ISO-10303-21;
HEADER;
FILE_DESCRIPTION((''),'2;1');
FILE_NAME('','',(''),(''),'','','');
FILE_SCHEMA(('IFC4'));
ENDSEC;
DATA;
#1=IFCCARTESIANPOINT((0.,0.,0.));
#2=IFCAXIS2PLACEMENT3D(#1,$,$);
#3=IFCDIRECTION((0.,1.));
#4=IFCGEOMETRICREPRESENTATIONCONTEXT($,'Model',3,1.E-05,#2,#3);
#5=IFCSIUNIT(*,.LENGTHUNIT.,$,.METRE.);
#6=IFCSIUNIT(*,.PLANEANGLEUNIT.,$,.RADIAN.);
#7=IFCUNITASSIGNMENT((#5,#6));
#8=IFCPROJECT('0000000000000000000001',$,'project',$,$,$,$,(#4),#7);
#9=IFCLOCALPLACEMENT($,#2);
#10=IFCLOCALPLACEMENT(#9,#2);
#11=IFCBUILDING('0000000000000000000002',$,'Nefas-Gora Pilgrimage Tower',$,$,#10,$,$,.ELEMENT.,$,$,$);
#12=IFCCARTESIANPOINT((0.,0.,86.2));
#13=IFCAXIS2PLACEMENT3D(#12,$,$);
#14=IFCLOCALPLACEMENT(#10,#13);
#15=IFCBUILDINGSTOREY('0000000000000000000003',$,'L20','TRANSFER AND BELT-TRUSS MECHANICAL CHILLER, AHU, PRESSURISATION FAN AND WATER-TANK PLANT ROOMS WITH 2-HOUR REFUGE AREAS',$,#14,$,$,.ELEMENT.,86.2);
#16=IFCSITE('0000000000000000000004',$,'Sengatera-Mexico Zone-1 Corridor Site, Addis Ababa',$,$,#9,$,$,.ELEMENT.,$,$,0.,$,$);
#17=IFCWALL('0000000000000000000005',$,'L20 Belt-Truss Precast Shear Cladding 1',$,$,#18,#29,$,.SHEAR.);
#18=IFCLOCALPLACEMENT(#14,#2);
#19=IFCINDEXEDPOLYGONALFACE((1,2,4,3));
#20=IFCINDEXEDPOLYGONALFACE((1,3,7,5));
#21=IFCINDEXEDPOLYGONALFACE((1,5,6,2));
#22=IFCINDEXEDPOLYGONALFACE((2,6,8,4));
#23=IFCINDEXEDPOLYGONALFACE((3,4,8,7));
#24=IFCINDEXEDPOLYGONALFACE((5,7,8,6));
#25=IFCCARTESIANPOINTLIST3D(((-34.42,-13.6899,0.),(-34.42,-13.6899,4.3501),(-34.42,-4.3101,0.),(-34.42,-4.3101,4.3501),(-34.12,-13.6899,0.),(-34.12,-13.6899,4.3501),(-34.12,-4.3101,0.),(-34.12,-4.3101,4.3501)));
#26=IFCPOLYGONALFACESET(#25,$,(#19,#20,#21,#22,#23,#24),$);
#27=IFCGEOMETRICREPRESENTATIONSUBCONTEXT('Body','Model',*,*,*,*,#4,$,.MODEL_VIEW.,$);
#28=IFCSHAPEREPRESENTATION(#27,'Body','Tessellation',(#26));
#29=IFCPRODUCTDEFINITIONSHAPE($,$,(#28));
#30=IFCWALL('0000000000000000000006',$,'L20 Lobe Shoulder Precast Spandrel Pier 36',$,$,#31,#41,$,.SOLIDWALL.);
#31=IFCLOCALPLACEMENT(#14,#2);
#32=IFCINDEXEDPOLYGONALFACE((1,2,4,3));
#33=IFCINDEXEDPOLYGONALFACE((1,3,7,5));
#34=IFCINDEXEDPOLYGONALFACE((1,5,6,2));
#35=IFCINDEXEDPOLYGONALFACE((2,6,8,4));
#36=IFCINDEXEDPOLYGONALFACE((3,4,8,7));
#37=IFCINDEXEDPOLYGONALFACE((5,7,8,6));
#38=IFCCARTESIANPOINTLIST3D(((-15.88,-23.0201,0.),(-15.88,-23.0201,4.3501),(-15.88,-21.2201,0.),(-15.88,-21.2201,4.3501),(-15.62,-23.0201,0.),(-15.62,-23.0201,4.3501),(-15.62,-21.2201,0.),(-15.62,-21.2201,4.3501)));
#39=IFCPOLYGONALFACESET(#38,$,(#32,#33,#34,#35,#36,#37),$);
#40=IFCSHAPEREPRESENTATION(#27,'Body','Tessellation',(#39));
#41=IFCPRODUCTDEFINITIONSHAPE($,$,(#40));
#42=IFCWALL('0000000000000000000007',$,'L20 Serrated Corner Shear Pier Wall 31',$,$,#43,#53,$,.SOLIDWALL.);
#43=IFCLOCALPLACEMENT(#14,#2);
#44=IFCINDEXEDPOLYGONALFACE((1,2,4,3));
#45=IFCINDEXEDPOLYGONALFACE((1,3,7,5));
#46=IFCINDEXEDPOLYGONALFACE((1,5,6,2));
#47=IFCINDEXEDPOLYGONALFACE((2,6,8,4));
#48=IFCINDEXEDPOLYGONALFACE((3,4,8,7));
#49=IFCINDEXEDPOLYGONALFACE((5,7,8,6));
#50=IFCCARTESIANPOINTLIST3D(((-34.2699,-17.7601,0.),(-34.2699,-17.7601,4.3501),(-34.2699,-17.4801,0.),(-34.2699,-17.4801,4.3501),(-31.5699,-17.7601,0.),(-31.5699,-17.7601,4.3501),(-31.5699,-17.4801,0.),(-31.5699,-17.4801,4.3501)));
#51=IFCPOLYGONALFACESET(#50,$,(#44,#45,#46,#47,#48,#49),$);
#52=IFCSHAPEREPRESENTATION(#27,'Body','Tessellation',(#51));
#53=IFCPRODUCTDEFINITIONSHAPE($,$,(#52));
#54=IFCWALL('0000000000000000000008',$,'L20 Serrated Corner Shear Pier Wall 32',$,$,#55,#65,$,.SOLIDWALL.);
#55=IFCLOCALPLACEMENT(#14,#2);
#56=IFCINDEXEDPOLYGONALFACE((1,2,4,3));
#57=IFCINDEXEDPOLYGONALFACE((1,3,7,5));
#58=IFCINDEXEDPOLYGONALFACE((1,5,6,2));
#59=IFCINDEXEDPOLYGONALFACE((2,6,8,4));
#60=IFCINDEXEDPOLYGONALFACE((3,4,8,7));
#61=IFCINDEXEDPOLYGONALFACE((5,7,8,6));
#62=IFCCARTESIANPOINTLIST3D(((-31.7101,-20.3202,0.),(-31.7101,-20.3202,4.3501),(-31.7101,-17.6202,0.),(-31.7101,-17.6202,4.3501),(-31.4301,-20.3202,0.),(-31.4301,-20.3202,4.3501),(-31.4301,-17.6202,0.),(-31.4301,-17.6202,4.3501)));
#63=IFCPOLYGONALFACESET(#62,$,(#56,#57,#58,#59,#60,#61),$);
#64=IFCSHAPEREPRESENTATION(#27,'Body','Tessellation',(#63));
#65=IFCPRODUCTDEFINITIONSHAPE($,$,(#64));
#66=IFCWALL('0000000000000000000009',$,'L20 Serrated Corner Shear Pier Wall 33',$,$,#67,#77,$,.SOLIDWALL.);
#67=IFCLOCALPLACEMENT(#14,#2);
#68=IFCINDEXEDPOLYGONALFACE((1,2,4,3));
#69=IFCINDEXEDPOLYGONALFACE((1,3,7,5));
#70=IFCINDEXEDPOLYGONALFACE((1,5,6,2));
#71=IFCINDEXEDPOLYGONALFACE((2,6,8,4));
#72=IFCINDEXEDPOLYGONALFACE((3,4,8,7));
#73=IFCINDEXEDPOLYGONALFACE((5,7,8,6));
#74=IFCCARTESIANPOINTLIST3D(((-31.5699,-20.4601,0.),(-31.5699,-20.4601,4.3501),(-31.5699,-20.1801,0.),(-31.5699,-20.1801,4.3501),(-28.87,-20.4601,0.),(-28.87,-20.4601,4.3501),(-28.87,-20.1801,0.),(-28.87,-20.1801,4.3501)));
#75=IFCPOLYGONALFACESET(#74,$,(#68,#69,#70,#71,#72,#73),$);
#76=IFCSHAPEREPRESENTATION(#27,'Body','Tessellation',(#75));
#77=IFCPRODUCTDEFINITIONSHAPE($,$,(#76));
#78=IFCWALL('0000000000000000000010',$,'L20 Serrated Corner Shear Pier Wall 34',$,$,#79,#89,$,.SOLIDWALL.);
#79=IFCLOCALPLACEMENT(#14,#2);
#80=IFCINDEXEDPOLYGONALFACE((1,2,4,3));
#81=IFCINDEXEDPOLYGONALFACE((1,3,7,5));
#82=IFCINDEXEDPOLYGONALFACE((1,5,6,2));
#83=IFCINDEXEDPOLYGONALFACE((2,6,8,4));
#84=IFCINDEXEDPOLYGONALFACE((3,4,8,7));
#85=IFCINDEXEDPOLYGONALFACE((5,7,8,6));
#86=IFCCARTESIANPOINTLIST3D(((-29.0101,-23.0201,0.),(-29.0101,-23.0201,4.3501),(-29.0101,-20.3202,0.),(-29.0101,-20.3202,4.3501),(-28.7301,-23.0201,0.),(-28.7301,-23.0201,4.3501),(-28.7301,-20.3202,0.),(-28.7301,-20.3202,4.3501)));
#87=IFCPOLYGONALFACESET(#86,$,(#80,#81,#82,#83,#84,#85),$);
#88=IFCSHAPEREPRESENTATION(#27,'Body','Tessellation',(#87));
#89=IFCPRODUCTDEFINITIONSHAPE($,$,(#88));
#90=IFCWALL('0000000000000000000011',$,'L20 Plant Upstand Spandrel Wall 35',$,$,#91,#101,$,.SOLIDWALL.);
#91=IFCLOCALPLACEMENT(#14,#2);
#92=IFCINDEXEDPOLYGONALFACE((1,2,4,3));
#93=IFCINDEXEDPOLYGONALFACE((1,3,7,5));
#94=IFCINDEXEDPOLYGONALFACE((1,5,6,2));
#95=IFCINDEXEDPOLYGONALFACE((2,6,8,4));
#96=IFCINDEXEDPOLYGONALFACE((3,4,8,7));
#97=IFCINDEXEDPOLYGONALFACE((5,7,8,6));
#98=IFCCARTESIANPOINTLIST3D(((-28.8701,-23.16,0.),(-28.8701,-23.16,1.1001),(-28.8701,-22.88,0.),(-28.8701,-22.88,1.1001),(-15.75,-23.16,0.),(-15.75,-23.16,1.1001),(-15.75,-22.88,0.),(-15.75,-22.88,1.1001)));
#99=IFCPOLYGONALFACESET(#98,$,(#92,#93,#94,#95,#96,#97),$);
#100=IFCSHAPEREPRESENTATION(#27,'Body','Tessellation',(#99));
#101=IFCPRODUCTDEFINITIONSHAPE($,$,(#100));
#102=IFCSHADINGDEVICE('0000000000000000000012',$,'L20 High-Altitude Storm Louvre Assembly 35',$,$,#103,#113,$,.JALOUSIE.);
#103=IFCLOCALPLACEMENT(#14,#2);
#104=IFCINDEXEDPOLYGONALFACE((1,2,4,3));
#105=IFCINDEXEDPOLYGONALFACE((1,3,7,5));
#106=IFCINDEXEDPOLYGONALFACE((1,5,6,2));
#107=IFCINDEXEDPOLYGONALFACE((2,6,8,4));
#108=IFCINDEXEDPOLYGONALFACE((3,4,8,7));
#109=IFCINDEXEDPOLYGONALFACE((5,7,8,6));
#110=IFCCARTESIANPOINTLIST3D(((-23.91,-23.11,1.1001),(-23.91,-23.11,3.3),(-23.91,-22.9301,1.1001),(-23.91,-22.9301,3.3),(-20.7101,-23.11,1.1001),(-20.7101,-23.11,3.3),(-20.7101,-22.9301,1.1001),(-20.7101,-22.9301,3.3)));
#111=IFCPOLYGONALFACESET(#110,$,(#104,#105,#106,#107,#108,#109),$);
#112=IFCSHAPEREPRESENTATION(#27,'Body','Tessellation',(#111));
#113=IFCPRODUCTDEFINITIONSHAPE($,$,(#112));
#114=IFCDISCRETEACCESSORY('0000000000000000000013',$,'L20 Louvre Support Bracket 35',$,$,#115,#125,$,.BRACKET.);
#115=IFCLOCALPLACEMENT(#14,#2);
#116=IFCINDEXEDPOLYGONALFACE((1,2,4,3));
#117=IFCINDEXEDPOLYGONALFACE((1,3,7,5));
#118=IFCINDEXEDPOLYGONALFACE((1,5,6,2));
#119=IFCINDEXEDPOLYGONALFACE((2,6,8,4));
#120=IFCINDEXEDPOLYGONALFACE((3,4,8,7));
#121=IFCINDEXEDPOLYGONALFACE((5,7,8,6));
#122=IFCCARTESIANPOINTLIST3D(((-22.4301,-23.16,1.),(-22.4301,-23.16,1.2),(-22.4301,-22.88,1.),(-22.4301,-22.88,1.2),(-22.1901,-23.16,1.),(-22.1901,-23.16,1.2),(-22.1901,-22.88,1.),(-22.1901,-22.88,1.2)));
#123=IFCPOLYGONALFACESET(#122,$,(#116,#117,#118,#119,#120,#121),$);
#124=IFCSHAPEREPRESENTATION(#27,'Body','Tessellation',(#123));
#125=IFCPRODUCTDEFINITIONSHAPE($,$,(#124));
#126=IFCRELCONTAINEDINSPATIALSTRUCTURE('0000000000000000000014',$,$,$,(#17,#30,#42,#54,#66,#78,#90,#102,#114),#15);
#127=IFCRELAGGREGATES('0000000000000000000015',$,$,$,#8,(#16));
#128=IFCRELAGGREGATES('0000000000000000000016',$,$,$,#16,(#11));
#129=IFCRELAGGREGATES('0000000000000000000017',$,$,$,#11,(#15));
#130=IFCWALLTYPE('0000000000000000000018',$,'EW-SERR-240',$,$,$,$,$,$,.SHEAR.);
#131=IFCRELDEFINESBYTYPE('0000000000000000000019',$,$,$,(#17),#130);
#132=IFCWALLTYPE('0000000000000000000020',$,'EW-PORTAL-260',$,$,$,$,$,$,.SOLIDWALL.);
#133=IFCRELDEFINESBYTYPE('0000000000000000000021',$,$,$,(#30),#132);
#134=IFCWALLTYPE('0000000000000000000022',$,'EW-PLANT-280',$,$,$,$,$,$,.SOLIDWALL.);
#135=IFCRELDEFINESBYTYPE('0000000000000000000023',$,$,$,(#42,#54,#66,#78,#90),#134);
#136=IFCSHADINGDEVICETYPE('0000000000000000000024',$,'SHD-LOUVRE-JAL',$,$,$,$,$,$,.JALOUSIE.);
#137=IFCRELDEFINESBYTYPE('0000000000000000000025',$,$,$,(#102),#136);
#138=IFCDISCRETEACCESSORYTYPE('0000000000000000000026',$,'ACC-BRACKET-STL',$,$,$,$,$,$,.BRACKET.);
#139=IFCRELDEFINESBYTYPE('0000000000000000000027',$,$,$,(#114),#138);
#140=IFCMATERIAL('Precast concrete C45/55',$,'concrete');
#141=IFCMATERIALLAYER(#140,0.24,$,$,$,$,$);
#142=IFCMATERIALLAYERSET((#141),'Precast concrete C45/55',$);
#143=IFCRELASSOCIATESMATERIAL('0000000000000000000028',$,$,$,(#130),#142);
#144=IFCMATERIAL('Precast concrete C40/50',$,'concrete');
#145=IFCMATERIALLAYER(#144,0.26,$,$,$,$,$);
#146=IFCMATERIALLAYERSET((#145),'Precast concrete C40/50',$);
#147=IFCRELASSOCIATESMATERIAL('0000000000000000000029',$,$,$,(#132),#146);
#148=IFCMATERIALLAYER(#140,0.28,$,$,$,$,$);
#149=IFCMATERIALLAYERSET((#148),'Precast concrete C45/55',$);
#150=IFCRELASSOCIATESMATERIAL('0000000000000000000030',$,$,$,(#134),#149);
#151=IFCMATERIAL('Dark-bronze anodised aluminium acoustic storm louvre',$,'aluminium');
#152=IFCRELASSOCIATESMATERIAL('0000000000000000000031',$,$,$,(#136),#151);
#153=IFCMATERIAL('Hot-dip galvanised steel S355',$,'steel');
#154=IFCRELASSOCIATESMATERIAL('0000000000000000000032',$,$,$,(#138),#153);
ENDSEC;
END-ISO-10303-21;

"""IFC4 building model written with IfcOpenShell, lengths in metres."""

from ifc_helpers import new_model, si_unit, direction, frame, frame_2d, origin, origin_2d, place, context, subcontext, project, spatial, rectangle, extrude, source, transform, mapped, material, layer, layer_set, type_object, element, save


model = new_model("IFC4")

# Units and contexts
model_context = context("Model", 3, precision=1e-05, world=origin(), true_north=direction((0.0, 1.0)))
body_context = subcontext(model_context, "Body", "Model", "MODEL_VIEW")
ifc_project = project(units=[si_unit("LENGTHUNIT", "METRE"), si_unit("PLANEANGLEUNIT", "RADIAN")], contexts=[model_context])

# Site, building, storey
site_placement = place(None, origin())
site = spatial("IfcSite", under=ifc_project, at=site_placement, Name="Sengatera-Mexico Zone-1 Corridor Site, Addis Ababa", CompositionType="ELEMENT", RefElevation=0.0)
building_placement = place(site_placement, origin())
building = spatial("IfcBuilding", under=site, at=building_placement, Name="Nefas-Gora Pilgrimage Tower", CompositionType="ELEMENT")
storey_placement = place(building_placement, frame((0.0, 0.0, 86.2)))
storey = spatial("IfcBuildingStorey", under=building, at=storey_placement, Name="L20", Description="TRANSFER AND BELT-TRUSS MECHANICAL CHILLER, AHU, PRESSURISATION FAN AND WATER-TANK PLANT ROOMS WITH 2-HOUR REFUGE AREAS", CompositionType="ELEMENT", Elevation=86.2)

# Walls
ifc_material_1 = material(Name="Precast concrete C45/55", Category="concrete")
ifc_layer_1 = layer(ifc_material_1, 0.24)
ifc_layer_set_1 = layer_set([ifc_layer_1], Name="Precast concrete C45/55")
wall_type_1 = type_object("IfcWallType", Name="EW-SERR-240", PredefinedType="SHEAR", material=ifc_layer_set_1)
shared_shape_1 = source(origin(), body_context, "Body", "SweptSolid", [
    extrude(rectangle(XDim=9.3799, YDim=0.3, at=frame_2d((4.6899, 0.0))), origin(), (0.0, 0.0, 1.0), 4.3501),
])
wall_1_placement = place(storey_placement, frame((-34.27, -13.6899, 0.0), z_axis=(0.0, 0.0, 1.0), x_axis=(0.0, 1.0, 0.0)))
element("IfcWall", 1, at=wall_1_placement, inside=storey, type_object=wall_type_1, Name="L20 Belt-Truss Precast Shear Cladding 1", PredefinedType="SHEAR", context=body_context, shape_type="MappedRepresentation", body=[
    mapped(shared_shape_1, transform((0.0, 0.0, 0.0), x_axis=(1.0, 0.0, 0.0), y_axis=(0.0, 1.0, 0.0), z_axis=(0.0, 0.0, 1.0), scale=1.0)),
])
ifc_material_2 = material(Name="Precast concrete C40/50", Category="concrete")
ifc_layer_2 = layer(ifc_material_2, 0.26)
ifc_layer_set_2 = layer_set([ifc_layer_2], Name="Precast concrete C40/50")
wall_type_2 = type_object("IfcWallType", Name="EW-PORTAL-260", PredefinedType="SOLIDWALL", material=ifc_layer_set_2)
shared_shape_2 = source(origin(), body_context, "Body", "SweptSolid", [
    extrude(rectangle(XDim=1.8, YDim=0.26, at=frame_2d((0.8999, 0.0))), origin(), (0.0, 0.0, 1.0), 4.3501),
])
wall_2_placement = place(storey_placement, frame((-15.75, -23.02, 0.0), z_axis=(0.0, 0.0, 1.0), x_axis=(0.0, 1.0, 0.0)))
element("IfcWall", 2, at=wall_2_placement, inside=storey, type_object=wall_type_2, Name="L20 Lobe Shoulder Precast Spandrel Pier 36", PredefinedType="SOLIDWALL", context=body_context, shape_type="MappedRepresentation", body=[
    mapped(shared_shape_2, transform((0.0, 0.0, 0.0), x_axis=(1.0, 0.0, 0.0), y_axis=(0.0, 1.0, 0.0), z_axis=(0.0, 0.0, 1.0), scale=1.0)),
])
ifc_layer_3 = layer(ifc_material_1, 0.28)
ifc_layer_set_3 = layer_set([ifc_layer_3], Name="Precast concrete C45/55")
wall_type_3 = type_object("IfcWallType", Name="EW-PLANT-280", PredefinedType="SOLIDWALL", material=ifc_layer_set_3)
shared_shape_3 = source(origin(), body_context, "Body", "SweptSolid", [
    extrude(rectangle(XDim=2.7, YDim=0.28, at=frame_2d((1.3501, 0.0))), origin(), (0.0, 0.0, 1.0), 4.3501),
])
for number, where, z_axis, x_axis, name in (
    (3, (-34.27, -17.6201, 0.0), (0.0, 0.0, 1.0), (1.0, 0.0, 0.0), "L20 Serrated Corner Shear Pier Wall 31"),
    (4, (-31.5701, -17.6201, 0.0), (0.0, 0.0, 1.0), (0.0, -1.0, 0.0), "L20 Serrated Corner Shear Pier Wall 32"),
    (5, (-31.5701, -20.3201, 0.0), (0.0, 0.0, 1.0), (1.0, 0.0, 0.0), "L20 Serrated Corner Shear Pier Wall 33"),
    (6, (-28.8701, -20.3201, 0.0), (0.0, 0.0, 1.0), (0.0, -1.0, 0.0), "L20 Serrated Corner Shear Pier Wall 34"),
):
    element("IfcWall", number, at=place(storey_placement, frame(where, z_axis=z_axis, x_axis=x_axis)), inside=storey, type_object=wall_type_3, Name=name, PredefinedType="SOLIDWALL", context=body_context, shape_type="MappedRepresentation", body=[
        mapped(shared_shape_3, transform((0.0, 0.0, 0.0), x_axis=(1.0, 0.0, 0.0), y_axis=(0.0, 1.0, 0.0), z_axis=(0.0, 0.0, 1.0), scale=1.0)),
    ])
shared_shape_4 = source(origin(), body_context, "Body", "SweptSolid", [
    extrude(rectangle(XDim=13.1201, YDim=0.28, at=frame_2d((6.5601, 0.0))), origin(), (0.0, 0.0, 1.0), 1.1001),
])
wall_3_placement = place(storey_placement, frame((-28.8701, -23.02, 0.0), z_axis=(0.0, 0.0, 1.0), x_axis=(1.0, 0.0, 0.0)))
element("IfcWall", 7, at=wall_3_placement, inside=storey, type_object=wall_type_3, Name="L20 Plant Upstand Spandrel Wall 35", PredefinedType="SOLIDWALL", context=body_context, shape_type="MappedRepresentation", body=[
    mapped(shared_shape_4, transform((0.0, 0.0, 0.0), x_axis=(1.0, 0.0, 0.0), y_axis=(0.0, 1.0, 0.0), z_axis=(0.0, 0.0, 1.0), scale=1.0)),
])

# Shading device
ifc_material_3 = material(Name="Dark-bronze anodised aluminium acoustic storm louvre", Category="aluminium")
shading_device_type = type_object("IfcShadingDeviceType", Name="SHD-LOUVRE-JAL", PredefinedType="JALOUSIE", material=ifc_material_3)
shared_shape_5 = source(origin(), body_context, "Body", "SweptSolid", [
    extrude(rectangle(XDim=3.2, YDim=0.1799, at=origin_2d()), origin(), (0.0, 0.0, 1.0), 2.2),
])
shading_device_placement = place(storey_placement, frame((-22.3101, -23.02, 1.1001), z_axis=(0.0, 0.0, 1.0), x_axis=(1.0, 0.0, 0.0)))
element("IfcShadingDevice", 8, at=shading_device_placement, inside=storey, type_object=shading_device_type, Name="L20 High-Altitude Storm Louvre Assembly 35", PredefinedType="JALOUSIE", context=body_context, shape_type="MappedRepresentation", body=[
    mapped(shared_shape_5, transform((0.0, 0.0, 0.0), x_axis=(1.0, 0.0, 0.0), y_axis=(0.0, 1.0, 0.0), z_axis=(0.0, 0.0, 1.0), scale=1.0)),
])

# Discrete accessory
ifc_material_4 = material(Name="Hot-dip galvanised steel S355", Category="steel")
discrete_accessory_type = type_object("IfcDiscreteAccessoryType", Name="ACC-BRACKET-STL", PredefinedType="BRACKET", material=ifc_material_4)
shared_shape_6 = source(origin(), body_context, "Body", "SweptSolid", [
    extrude(rectangle(XDim=0.24, YDim=0.28, at=origin_2d()), origin(), (0.0, 0.0, 1.0), 0.2),
])
discrete_accessory_placement = place(storey_placement, frame((-22.3101, -23.02, 1.0), z_axis=(0.0, 0.0, 1.0), x_axis=(1.0, 0.0, 0.0)))
element("IfcDiscreteAccessory", 9, at=discrete_accessory_placement, inside=storey, type_object=discrete_accessory_type, Name="L20 Louvre Support Bracket 35", PredefinedType="BRACKET", context=body_context, shape_type="MappedRepresentation", body=[
    mapped(shared_shape_6, transform((0.0, 0.0, 0.0), x_axis=(1.0, 0.0, 0.0), y_axis=(0.0, 1.0, 0.0), z_axis=(0.0, 0.0, 1.0), scale=1.0)),
])

save(model, "model.ifc")
